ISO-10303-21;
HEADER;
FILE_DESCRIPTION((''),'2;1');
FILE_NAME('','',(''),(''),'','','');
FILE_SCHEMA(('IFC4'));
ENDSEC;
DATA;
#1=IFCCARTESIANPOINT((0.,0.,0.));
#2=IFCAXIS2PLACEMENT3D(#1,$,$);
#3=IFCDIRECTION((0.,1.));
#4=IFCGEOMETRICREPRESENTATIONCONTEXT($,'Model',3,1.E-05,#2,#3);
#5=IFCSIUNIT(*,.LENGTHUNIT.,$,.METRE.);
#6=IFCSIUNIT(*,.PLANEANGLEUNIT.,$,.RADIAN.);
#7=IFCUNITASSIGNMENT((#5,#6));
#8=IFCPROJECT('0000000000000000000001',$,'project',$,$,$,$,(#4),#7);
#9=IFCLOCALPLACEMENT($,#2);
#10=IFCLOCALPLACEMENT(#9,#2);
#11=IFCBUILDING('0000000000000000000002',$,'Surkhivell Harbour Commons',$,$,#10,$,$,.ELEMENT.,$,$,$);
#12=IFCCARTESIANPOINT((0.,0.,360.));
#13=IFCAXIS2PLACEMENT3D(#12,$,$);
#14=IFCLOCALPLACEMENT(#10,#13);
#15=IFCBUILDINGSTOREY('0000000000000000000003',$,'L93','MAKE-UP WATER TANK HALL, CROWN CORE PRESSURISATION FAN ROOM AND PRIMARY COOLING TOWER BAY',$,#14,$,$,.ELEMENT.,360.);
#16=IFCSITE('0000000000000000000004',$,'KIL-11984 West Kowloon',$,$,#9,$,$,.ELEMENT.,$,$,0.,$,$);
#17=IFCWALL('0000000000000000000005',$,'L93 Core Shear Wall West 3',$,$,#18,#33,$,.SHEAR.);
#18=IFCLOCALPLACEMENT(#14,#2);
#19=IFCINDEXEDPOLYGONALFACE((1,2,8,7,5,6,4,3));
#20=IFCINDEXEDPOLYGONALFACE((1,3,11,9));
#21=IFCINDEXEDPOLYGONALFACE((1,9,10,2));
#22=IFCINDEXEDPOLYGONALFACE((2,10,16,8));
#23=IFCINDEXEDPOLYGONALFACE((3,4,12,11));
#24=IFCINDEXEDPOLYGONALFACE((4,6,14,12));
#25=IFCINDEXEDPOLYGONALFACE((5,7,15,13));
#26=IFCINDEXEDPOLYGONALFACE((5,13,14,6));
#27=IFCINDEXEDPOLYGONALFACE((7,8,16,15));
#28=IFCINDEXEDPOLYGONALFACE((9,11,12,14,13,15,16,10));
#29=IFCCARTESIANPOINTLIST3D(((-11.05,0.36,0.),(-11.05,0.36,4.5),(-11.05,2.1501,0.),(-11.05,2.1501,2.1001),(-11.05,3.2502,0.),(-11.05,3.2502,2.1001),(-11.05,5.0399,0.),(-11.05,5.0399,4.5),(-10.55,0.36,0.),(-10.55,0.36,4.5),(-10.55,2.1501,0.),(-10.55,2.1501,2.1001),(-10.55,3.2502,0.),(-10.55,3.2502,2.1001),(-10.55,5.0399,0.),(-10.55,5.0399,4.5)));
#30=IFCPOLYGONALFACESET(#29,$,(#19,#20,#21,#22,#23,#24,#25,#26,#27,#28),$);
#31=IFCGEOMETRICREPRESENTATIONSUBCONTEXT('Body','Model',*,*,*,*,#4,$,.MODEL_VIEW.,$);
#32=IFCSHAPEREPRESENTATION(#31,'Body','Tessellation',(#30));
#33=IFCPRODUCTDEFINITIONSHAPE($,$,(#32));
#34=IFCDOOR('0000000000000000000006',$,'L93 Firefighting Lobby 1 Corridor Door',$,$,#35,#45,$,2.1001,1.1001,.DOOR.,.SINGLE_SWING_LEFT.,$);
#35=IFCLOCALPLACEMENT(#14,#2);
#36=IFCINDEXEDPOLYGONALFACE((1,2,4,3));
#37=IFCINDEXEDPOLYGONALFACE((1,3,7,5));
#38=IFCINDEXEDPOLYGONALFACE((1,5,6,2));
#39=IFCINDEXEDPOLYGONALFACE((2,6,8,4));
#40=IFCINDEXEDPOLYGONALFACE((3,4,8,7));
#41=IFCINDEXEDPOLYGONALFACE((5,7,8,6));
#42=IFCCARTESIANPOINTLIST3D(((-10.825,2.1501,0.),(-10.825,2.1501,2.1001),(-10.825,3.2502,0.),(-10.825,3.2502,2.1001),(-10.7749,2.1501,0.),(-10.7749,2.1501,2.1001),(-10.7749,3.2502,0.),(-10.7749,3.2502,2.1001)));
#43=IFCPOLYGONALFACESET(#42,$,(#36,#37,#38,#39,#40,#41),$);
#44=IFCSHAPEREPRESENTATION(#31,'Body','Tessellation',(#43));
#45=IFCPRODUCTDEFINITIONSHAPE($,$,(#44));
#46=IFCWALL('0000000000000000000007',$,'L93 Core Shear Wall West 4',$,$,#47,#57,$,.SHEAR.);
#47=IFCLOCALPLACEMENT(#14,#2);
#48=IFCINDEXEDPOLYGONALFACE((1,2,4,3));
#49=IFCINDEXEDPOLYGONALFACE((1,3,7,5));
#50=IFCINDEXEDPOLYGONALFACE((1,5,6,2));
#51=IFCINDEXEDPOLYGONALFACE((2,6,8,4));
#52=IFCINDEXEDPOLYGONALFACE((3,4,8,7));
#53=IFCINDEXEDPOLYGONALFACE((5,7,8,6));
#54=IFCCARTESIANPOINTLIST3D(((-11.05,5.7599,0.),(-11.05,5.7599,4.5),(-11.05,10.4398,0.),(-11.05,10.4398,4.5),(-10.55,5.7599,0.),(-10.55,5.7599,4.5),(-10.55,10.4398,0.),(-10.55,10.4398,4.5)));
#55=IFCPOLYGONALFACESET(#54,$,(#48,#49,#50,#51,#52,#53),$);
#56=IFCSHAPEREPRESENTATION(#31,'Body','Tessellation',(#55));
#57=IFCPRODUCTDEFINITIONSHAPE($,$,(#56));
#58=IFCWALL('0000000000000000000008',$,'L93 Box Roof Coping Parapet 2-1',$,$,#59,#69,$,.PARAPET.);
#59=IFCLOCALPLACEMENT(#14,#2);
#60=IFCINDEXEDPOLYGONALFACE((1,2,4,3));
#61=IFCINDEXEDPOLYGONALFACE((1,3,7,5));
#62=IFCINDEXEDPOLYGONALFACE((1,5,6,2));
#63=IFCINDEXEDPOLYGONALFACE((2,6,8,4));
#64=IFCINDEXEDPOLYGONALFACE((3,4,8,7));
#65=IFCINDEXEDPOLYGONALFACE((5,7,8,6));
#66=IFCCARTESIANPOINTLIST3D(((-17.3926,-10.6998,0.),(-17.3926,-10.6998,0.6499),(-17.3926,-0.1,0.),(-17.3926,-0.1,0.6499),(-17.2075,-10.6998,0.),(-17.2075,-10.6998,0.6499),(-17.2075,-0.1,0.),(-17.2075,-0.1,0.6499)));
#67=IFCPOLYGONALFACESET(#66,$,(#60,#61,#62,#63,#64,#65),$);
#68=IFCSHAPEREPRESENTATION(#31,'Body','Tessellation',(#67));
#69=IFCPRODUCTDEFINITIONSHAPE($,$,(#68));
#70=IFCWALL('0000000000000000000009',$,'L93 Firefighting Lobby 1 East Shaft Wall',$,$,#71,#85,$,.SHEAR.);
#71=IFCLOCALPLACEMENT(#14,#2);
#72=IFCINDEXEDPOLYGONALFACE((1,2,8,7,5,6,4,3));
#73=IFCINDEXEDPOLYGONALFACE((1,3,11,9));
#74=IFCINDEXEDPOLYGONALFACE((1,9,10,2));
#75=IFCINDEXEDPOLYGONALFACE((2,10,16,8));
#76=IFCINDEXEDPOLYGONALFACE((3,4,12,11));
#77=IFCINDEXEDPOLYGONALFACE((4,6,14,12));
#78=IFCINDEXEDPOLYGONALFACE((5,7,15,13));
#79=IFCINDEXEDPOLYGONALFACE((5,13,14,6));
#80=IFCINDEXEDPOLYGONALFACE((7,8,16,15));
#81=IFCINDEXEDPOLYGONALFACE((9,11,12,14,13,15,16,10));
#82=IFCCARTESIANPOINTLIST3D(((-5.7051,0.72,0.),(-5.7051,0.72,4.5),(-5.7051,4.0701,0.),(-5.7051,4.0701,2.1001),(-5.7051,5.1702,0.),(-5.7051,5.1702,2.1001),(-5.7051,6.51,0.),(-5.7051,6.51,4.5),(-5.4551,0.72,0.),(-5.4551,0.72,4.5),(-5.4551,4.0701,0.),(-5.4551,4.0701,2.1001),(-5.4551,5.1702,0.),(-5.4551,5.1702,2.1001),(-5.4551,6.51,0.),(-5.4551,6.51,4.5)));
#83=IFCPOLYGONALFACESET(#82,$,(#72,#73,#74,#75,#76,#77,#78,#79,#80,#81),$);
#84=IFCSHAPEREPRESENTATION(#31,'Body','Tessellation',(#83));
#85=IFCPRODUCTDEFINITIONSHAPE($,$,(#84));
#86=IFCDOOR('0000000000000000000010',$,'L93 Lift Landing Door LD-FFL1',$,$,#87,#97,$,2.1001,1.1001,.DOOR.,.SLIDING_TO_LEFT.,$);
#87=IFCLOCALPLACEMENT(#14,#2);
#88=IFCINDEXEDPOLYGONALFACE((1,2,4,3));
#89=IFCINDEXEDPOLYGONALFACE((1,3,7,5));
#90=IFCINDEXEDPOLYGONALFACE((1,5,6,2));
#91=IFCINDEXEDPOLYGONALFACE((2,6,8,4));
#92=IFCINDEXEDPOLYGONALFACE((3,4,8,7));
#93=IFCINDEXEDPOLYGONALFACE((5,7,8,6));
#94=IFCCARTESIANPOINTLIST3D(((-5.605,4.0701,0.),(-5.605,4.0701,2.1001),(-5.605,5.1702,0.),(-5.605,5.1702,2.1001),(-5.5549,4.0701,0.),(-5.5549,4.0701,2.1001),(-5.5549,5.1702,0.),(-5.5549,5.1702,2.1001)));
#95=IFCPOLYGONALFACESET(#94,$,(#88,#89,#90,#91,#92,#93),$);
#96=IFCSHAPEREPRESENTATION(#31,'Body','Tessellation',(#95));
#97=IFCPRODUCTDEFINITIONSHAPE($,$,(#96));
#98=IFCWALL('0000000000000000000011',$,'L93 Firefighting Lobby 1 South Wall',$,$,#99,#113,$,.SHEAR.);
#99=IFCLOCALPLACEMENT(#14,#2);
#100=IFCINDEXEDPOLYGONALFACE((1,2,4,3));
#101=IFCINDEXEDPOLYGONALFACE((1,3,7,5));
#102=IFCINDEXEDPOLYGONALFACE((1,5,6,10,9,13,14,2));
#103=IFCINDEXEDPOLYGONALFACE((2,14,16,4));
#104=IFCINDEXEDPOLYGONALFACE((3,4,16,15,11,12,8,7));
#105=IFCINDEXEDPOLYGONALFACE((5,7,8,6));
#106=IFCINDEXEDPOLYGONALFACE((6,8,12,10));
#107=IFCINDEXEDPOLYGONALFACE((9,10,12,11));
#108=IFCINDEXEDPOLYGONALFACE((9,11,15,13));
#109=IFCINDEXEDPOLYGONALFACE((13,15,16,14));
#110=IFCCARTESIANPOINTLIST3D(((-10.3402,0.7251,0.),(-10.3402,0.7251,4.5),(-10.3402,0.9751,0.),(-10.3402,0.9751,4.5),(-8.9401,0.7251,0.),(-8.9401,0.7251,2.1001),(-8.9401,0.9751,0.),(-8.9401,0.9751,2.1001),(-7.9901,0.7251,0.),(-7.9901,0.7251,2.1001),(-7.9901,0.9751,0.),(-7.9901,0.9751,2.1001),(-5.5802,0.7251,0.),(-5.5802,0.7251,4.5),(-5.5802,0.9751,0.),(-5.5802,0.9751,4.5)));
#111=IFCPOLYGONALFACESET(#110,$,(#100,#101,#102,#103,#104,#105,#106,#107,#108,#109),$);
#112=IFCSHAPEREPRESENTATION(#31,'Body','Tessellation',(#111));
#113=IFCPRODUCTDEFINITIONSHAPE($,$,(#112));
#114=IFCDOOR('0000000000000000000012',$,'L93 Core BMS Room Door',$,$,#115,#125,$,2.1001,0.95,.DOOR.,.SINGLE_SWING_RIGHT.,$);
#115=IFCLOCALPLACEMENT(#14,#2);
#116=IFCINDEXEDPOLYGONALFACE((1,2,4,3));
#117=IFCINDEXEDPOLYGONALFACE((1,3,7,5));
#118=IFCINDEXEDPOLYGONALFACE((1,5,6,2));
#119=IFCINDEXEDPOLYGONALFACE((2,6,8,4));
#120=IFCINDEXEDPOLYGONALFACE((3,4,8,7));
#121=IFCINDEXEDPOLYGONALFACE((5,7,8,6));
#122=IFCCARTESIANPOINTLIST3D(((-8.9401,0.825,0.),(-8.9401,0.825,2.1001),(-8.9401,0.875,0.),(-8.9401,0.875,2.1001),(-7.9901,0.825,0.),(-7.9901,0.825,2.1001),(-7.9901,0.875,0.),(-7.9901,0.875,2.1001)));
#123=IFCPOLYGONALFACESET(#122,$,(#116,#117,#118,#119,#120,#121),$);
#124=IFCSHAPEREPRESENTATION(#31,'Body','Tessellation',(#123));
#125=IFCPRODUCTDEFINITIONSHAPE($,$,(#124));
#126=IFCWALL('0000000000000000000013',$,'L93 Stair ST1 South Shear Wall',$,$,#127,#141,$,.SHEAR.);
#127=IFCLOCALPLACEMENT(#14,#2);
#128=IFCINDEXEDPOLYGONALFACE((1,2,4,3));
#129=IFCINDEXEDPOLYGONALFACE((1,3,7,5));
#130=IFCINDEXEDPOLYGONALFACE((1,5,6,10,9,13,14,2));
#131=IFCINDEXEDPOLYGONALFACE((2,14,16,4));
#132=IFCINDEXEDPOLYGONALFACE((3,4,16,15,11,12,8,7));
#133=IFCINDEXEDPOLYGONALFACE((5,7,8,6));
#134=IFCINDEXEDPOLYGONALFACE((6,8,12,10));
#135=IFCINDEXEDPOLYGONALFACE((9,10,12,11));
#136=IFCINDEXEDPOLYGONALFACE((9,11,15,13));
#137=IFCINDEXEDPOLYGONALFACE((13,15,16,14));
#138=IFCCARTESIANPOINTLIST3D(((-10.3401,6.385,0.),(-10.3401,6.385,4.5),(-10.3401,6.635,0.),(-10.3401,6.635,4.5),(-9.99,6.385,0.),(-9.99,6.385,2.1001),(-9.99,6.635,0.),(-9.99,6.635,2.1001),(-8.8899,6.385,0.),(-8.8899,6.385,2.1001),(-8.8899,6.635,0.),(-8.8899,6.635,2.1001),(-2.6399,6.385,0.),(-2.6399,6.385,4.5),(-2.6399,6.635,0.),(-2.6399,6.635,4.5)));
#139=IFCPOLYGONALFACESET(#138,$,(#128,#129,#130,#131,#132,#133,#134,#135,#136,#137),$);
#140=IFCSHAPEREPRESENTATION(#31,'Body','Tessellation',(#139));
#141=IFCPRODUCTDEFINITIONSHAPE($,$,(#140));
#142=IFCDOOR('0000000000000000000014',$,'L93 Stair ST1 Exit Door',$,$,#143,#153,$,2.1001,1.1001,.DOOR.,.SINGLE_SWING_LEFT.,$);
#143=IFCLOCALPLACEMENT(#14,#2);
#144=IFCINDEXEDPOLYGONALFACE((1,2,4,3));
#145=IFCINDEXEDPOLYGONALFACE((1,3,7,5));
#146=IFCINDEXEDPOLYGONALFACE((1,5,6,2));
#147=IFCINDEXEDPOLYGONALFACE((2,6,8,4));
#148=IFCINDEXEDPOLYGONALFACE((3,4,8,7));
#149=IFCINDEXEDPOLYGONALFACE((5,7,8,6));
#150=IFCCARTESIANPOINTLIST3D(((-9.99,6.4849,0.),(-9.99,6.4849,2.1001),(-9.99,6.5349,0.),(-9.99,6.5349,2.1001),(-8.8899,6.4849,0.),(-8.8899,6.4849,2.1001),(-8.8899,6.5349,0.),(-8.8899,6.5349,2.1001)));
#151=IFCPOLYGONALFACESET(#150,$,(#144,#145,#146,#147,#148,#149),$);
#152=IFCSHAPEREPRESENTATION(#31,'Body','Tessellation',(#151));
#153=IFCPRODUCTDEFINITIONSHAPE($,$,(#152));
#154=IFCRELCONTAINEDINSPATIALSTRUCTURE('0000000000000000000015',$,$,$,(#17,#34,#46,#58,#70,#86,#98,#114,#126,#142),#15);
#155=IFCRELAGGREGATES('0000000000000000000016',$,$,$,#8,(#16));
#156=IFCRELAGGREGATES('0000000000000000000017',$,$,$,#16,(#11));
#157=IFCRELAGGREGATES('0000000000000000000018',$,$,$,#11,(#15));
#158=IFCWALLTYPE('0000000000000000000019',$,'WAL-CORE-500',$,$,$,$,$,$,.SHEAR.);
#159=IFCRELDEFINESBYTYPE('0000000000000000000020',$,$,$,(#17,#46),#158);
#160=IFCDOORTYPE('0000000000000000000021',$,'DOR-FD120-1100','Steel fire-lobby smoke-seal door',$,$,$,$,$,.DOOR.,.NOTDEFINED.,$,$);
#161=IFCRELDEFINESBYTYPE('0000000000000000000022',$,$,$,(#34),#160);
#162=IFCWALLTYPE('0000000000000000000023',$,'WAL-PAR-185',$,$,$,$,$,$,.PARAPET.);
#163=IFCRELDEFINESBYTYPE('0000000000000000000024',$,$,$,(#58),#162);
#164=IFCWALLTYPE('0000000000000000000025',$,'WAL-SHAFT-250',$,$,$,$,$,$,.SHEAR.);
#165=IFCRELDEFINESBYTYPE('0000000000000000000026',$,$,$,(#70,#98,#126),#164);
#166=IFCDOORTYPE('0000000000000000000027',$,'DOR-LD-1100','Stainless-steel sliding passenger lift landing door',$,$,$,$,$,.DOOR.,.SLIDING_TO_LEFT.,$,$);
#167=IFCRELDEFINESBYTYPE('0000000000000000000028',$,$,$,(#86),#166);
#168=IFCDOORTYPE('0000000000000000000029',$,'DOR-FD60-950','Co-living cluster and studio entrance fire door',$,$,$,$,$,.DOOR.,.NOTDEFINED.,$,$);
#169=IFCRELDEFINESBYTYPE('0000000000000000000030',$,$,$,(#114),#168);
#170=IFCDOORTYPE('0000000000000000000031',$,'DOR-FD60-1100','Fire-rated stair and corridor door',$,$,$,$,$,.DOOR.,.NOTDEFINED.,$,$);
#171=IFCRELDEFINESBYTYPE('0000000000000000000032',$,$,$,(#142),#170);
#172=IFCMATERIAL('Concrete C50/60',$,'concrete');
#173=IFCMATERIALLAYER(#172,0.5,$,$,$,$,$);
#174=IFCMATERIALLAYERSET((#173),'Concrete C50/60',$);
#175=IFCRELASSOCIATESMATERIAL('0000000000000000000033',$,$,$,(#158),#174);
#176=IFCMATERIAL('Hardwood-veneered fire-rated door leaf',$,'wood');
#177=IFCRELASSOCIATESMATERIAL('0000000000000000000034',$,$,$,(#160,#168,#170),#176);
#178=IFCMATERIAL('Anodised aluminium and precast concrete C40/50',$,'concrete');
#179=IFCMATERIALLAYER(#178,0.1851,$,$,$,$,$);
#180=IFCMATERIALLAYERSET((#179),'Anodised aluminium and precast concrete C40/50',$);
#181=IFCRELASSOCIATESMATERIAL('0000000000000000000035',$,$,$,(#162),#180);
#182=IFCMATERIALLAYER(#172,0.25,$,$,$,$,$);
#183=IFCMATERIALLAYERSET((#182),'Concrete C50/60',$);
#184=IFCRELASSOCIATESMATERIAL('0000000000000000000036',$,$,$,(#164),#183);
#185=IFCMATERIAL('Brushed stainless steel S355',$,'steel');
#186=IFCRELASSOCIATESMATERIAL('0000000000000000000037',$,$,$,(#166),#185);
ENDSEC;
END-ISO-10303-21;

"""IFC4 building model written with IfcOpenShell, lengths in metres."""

from ifc_helpers import new_model, si_unit, direction, frame, frame_2d, origin, place, context, subcontext, project, spatial, rectangle, extrude, material, layer, layer_set, type_object, element, fill, save


model = new_model("IFC4")

# Units and contexts
model_context = context("Model", 3, precision=1e-05, world=origin(), true_north=direction((0.0, 1.0)))
body_context = subcontext(model_context, "Body", "Model", "MODEL_VIEW")
ifc_project = project(units=[si_unit("LENGTHUNIT", "METRE"), si_unit("PLANEANGLEUNIT", "RADIAN")], contexts=[model_context])

# Site, building, storey
site_placement = place(None, origin())
site = spatial("IfcSite", under=ifc_project, at=site_placement, Name="KIL-11984 West Kowloon", CompositionType="ELEMENT", RefElevation=0.0)
building_placement = place(site_placement, origin())
building = spatial("IfcBuilding", under=site, at=building_placement, Name="Surkhivell Harbour Commons", CompositionType="ELEMENT")
storey_placement = place(building_placement, frame((0.0, 0.0, 360.0)))
storey = spatial("IfcBuildingStorey", under=building, at=storey_placement, Name="L93", Description="MAKE-UP WATER TANK HALL, CROWN CORE PRESSURISATION FAN ROOM AND PRIMARY COOLING TOWER BAY", CompositionType="ELEMENT", Elevation=360.0)

# Shared definitions
ifc_material_1 = material(Name="Concrete C50/60", Category="concrete")

# Wall, opening, door
ifc_layer_1 = layer(ifc_material_1, 0.5)
ifc_layer_set_1 = layer_set([ifc_layer_1], Name="Concrete C50/60")
wall_type_1 = type_object("IfcWallType", Name="WAL-CORE-500", PredefinedType="SHEAR", material=ifc_layer_set_1)
wall_1_placement = place(storey_placement, frame((-10.8, 0.3601, 0.0), z_axis=(0.0, 0.0, 1.0), x_axis=(0.0, 1.0, 0.0)))
wall_1 = element("IfcWall", 1, at=wall_1_placement, inside=storey, type_object=wall_type_1, Name="L93 Core Shear Wall West 3", PredefinedType="SHEAR", context=body_context, shape_type="SweptSolid", body=[
    extrude(rectangle(XDim=4.6799, YDim=0.5, at=frame_2d((2.3398, 0.0))), origin(), (0.0, 0.0, 1.0), 4.5),
])
opening_1_placement = place(wall_1_placement, frame((1.79, 0.0, 0.0)))
opening_1 = element("IfcOpeningElement", 2, at=opening_1_placement, cuts=wall_1, PredefinedType="OPENING", context=body_context, shape_type="SweptSolid", body=[
    extrude(rectangle(XDim=1.1001, YDim=2.1001, at=frame_2d((0.55, 1.05))), frame((0.0, 0.26, 0.0), z_axis=(0.0, -1.0, 0.0), x_axis=(1.0, 0.0, 0.0)), (0.0, 0.0, 1.0), 0.52),
])
ifc_material_2 = material(Name="Hardwood-veneered fire-rated door leaf", Category="wood")
door_type_1 = type_object("IfcDoorType", Name="DOR-FD120-1100", Description="Steel fire-lobby smoke-seal door", OperationType="NOTDEFINED", PredefinedType="DOOR", material=ifc_material_2)
door_1_placement = place(opening_1_placement, origin())
door_1 = element("IfcDoor", 3, at=door_1_placement, inside=storey, type_object=door_type_1, Name="L93 Firefighting Lobby 1 Corridor Door", OperationType="SINGLE_SWING_LEFT", OverallHeight=2.1001, OverallWidth=1.1001, PredefinedType="DOOR", context=body_context, shape_type="SweptSolid", body=[
    extrude(rectangle(XDim=1.1001, YDim=2.1001, at=frame_2d((0.55, 1.05))), frame((0.0, 0.0249, 0.0), z_axis=(0.0, -1.0, 0.0), x_axis=(1.0, 0.0, 0.0)), (0.0, 0.0, 1.0), 0.05),
])
fill(opening_1, door_1)

# Walls
wall_2_placement = place(storey_placement, frame((-10.8, 5.76, 0.0), z_axis=(0.0, 0.0, 1.0), x_axis=(0.0, 1.0, 0.0)))
element("IfcWall", 4, at=wall_2_placement, inside=storey, type_object=wall_type_1, Name="L93 Core Shear Wall West 4", PredefinedType="SHEAR", context=body_context, shape_type="SweptSolid", body=[
    extrude(rectangle(XDim=4.6799, YDim=0.5, at=frame_2d((2.3398, 0.0))), origin(), (0.0, 0.0, 1.0), 4.5),
])
ifc_material_3 = material(Name="Anodised aluminium and precast concrete C40/50", Category="concrete")
ifc_layer_2 = layer(ifc_material_3, 0.1851)
ifc_layer_set_2 = layer_set([ifc_layer_2], Name="Anodised aluminium and precast concrete C40/50")
wall_type_2 = type_object("IfcWallType", Name="WAL-PAR-185", PredefinedType="PARAPET", material=ifc_layer_set_2)
wall_3_placement = place(storey_placement, frame((-17.3, -0.1001, 0.0), z_axis=(0.0, 0.0, 1.0), x_axis=(0.0, -1.0, 0.0)))
element("IfcWall", 5, at=wall_3_placement, inside=storey, type_object=wall_type_2, Name="L93 Box Roof Coping Parapet 2-1", PredefinedType="PARAPET", context=body_context, shape_type="SweptSolid", body=[
    extrude(rectangle(XDim=10.5999, YDim=0.1851, at=frame_2d((5.2998, 0.0))), origin(), (0.0, 0.0, 1.0), 0.6499),
])

# Walls, openings, doors
ifc_layer_3 = layer(ifc_material_1, 0.25)
ifc_layer_set_3 = layer_set([ifc_layer_3], Name="Concrete C50/60")
wall_type_3 = type_object("IfcWallType", Name="WAL-SHAFT-250", PredefinedType="SHEAR", material=ifc_layer_set_3)
wall_4_placement = place(storey_placement, frame((-5.5801, 0.72, 0.0), z_axis=(0.0, 0.0, 1.0), x_axis=(0.0, 1.0, 0.0)))
wall_4 = element("IfcWall", 6, at=wall_4_placement, inside=storey, type_object=wall_type_3, Name="L93 Firefighting Lobby 1 East Shaft Wall", PredefinedType="SHEAR", context=body_context, shape_type="SweptSolid", body=[
    extrude(rectangle(XDim=5.79, YDim=0.25, at=frame_2d((2.895, 0.0))), origin(), (0.0, 0.0, 1.0), 4.5),
])
opening_2_placement = place(wall_4_placement, frame((3.3501, 0.0, 0.0)))
opening_2 = element("IfcOpeningElement", 7, at=opening_2_placement, cuts=wall_4, PredefinedType="OPENING", context=body_context, shape_type="SweptSolid", body=[
    extrude(rectangle(XDim=1.1001, YDim=2.1001, at=frame_2d((0.55, 1.05))), frame((0.0, 0.135, 0.0), z_axis=(0.0, -1.0, 0.0), x_axis=(1.0, 0.0, 0.0)), (0.0, 0.0, 1.0), 0.27),
])
ifc_material_4 = material(Name="Brushed stainless steel S355", Category="steel")
door_type_2 = type_object("IfcDoorType", Name="DOR-LD-1100", Description="Stainless-steel sliding passenger lift landing door", OperationType="SLIDING_TO_LEFT", PredefinedType="DOOR", material=ifc_material_4)
door_2_placement = place(opening_2_placement, origin())
door_2 = element("IfcDoor", 8, at=door_2_placement, inside=storey, type_object=door_type_2, Name="L93 Lift Landing Door LD-FFL1", OperationType="SLIDING_TO_LEFT", OverallHeight=2.1001, OverallWidth=1.1001, PredefinedType="DOOR", context=body_context, shape_type="SweptSolid", body=[
    extrude(rectangle(XDim=1.1001, YDim=2.1001, at=frame_2d((0.55, 1.05))), frame((0.0, 0.0249, 0.0), z_axis=(0.0, -1.0, 0.0), x_axis=(1.0, 0.0, 0.0)), (0.0, 0.0, 1.0), 0.05),
])
fill(opening_2, door_2)
wall_5_placement = place(storey_placement, frame((-10.3401, 0.8501, 0.0), z_axis=(0.0, 0.0, 1.0), x_axis=(1.0, 0.0, 0.0)))
wall_5 = element("IfcWall", 9, at=wall_5_placement, inside=storey, type_object=wall_type_3, Name="L93 Firefighting Lobby 1 South Wall", PredefinedType="SHEAR", context=body_context, shape_type="SweptSolid", body=[
    extrude(rectangle(XDim=4.76, YDim=0.25, at=frame_2d((2.3799, 0.0))), origin(), (0.0, 0.0, 1.0), 4.5),
])
opening_3_placement = place(wall_5_placement, frame((1.3999, 0.0, 0.0)))
opening_3 = element("IfcOpeningElement", 10, at=opening_3_placement, cuts=wall_5, PredefinedType="OPENING", context=body_context, shape_type="SweptSolid", body=[
    extrude(rectangle(XDim=0.95, YDim=2.1001, at=frame_2d((0.4751, 1.05))), frame((0.0, 0.135, 0.0), z_axis=(0.0, -1.0, 0.0), x_axis=(1.0, 0.0, 0.0)), (0.0, 0.0, 1.0), 0.27),
])
door_type_3 = type_object("IfcDoorType", Name="DOR-FD60-950", Description="Co-living cluster and studio entrance fire door", OperationType="NOTDEFINED", PredefinedType="DOOR", material=ifc_material_2)
door_3_placement = place(opening_3_placement, origin())
door_3 = element("IfcDoor", 11, at=door_3_placement, inside=storey, type_object=door_type_3, Name="L93 Core BMS Room Door", OperationType="SINGLE_SWING_RIGHT", OverallHeight=2.1001, OverallWidth=0.95, PredefinedType="DOOR", context=body_context, shape_type="SweptSolid", body=[
    extrude(rectangle(XDim=0.95, YDim=2.1001, at=frame_2d((0.4751, 1.05))), frame((0.0, 0.0249, 0.0), z_axis=(0.0, -1.0, 0.0), x_axis=(1.0, 0.0, 0.0)), (0.0, 0.0, 1.0), 0.05),
])
fill(opening_3, door_3)
wall_6_placement = place(storey_placement, frame((-10.3401, 6.51, 0.0), z_axis=(0.0, 0.0, 1.0), x_axis=(1.0, 0.0, 0.0)))
wall_6 = element("IfcWall", 12, at=wall_6_placement, inside=storey, type_object=wall_type_3, Name="L93 Stair ST1 South Shear Wall", PredefinedType="SHEAR", context=body_context, shape_type="SweptSolid", body=[
    extrude(rectangle(XDim=7.7002, YDim=0.25, at=frame_2d((3.8501, 0.0))), origin(), (0.0, 0.0, 1.0), 4.5),
])
opening_4_placement = place(wall_6_placement, frame((0.3501, 0.0, 0.0)))
opening_4 = element("IfcOpeningElement", 13, at=opening_4_placement, cuts=wall_6, PredefinedType="OPENING", context=body_context, shape_type="SweptSolid", body=[
    extrude(rectangle(XDim=1.1001, YDim=2.1001, at=frame_2d((0.55, 1.05))), frame((0.0, 0.135, 0.0), z_axis=(0.0, -1.0, 0.0), x_axis=(1.0, 0.0, 0.0)), (0.0, 0.0, 1.0), 0.27),
])
door_type_4 = type_object("IfcDoorType", Name="DOR-FD60-1100", Description="Fire-rated stair and corridor door", OperationType="NOTDEFINED", PredefinedType="DOOR", material=ifc_material_2)
door_4_placement = place(opening_4_placement, origin())
door_4 = element("IfcDoor", 14, at=door_4_placement, inside=storey, type_object=door_type_4, Name="L93 Stair ST1 Exit Door", OperationType="SINGLE_SWING_LEFT", OverallHeight=2.1001, OverallWidth=1.1001, PredefinedType="DOOR", context=body_context, shape_type="SweptSolid", body=[
    extrude(rectangle(XDim=1.1001, YDim=2.1001, at=frame_2d((0.55, 1.05))), frame((0.0, 0.0249, 0.0), z_axis=(0.0, -1.0, 0.0), x_axis=(1.0, 0.0, 0.0)), (0.0, 0.0, 1.0), 0.05),
])
fill(opening_4, door_4)

save(model, "model.ifc")
